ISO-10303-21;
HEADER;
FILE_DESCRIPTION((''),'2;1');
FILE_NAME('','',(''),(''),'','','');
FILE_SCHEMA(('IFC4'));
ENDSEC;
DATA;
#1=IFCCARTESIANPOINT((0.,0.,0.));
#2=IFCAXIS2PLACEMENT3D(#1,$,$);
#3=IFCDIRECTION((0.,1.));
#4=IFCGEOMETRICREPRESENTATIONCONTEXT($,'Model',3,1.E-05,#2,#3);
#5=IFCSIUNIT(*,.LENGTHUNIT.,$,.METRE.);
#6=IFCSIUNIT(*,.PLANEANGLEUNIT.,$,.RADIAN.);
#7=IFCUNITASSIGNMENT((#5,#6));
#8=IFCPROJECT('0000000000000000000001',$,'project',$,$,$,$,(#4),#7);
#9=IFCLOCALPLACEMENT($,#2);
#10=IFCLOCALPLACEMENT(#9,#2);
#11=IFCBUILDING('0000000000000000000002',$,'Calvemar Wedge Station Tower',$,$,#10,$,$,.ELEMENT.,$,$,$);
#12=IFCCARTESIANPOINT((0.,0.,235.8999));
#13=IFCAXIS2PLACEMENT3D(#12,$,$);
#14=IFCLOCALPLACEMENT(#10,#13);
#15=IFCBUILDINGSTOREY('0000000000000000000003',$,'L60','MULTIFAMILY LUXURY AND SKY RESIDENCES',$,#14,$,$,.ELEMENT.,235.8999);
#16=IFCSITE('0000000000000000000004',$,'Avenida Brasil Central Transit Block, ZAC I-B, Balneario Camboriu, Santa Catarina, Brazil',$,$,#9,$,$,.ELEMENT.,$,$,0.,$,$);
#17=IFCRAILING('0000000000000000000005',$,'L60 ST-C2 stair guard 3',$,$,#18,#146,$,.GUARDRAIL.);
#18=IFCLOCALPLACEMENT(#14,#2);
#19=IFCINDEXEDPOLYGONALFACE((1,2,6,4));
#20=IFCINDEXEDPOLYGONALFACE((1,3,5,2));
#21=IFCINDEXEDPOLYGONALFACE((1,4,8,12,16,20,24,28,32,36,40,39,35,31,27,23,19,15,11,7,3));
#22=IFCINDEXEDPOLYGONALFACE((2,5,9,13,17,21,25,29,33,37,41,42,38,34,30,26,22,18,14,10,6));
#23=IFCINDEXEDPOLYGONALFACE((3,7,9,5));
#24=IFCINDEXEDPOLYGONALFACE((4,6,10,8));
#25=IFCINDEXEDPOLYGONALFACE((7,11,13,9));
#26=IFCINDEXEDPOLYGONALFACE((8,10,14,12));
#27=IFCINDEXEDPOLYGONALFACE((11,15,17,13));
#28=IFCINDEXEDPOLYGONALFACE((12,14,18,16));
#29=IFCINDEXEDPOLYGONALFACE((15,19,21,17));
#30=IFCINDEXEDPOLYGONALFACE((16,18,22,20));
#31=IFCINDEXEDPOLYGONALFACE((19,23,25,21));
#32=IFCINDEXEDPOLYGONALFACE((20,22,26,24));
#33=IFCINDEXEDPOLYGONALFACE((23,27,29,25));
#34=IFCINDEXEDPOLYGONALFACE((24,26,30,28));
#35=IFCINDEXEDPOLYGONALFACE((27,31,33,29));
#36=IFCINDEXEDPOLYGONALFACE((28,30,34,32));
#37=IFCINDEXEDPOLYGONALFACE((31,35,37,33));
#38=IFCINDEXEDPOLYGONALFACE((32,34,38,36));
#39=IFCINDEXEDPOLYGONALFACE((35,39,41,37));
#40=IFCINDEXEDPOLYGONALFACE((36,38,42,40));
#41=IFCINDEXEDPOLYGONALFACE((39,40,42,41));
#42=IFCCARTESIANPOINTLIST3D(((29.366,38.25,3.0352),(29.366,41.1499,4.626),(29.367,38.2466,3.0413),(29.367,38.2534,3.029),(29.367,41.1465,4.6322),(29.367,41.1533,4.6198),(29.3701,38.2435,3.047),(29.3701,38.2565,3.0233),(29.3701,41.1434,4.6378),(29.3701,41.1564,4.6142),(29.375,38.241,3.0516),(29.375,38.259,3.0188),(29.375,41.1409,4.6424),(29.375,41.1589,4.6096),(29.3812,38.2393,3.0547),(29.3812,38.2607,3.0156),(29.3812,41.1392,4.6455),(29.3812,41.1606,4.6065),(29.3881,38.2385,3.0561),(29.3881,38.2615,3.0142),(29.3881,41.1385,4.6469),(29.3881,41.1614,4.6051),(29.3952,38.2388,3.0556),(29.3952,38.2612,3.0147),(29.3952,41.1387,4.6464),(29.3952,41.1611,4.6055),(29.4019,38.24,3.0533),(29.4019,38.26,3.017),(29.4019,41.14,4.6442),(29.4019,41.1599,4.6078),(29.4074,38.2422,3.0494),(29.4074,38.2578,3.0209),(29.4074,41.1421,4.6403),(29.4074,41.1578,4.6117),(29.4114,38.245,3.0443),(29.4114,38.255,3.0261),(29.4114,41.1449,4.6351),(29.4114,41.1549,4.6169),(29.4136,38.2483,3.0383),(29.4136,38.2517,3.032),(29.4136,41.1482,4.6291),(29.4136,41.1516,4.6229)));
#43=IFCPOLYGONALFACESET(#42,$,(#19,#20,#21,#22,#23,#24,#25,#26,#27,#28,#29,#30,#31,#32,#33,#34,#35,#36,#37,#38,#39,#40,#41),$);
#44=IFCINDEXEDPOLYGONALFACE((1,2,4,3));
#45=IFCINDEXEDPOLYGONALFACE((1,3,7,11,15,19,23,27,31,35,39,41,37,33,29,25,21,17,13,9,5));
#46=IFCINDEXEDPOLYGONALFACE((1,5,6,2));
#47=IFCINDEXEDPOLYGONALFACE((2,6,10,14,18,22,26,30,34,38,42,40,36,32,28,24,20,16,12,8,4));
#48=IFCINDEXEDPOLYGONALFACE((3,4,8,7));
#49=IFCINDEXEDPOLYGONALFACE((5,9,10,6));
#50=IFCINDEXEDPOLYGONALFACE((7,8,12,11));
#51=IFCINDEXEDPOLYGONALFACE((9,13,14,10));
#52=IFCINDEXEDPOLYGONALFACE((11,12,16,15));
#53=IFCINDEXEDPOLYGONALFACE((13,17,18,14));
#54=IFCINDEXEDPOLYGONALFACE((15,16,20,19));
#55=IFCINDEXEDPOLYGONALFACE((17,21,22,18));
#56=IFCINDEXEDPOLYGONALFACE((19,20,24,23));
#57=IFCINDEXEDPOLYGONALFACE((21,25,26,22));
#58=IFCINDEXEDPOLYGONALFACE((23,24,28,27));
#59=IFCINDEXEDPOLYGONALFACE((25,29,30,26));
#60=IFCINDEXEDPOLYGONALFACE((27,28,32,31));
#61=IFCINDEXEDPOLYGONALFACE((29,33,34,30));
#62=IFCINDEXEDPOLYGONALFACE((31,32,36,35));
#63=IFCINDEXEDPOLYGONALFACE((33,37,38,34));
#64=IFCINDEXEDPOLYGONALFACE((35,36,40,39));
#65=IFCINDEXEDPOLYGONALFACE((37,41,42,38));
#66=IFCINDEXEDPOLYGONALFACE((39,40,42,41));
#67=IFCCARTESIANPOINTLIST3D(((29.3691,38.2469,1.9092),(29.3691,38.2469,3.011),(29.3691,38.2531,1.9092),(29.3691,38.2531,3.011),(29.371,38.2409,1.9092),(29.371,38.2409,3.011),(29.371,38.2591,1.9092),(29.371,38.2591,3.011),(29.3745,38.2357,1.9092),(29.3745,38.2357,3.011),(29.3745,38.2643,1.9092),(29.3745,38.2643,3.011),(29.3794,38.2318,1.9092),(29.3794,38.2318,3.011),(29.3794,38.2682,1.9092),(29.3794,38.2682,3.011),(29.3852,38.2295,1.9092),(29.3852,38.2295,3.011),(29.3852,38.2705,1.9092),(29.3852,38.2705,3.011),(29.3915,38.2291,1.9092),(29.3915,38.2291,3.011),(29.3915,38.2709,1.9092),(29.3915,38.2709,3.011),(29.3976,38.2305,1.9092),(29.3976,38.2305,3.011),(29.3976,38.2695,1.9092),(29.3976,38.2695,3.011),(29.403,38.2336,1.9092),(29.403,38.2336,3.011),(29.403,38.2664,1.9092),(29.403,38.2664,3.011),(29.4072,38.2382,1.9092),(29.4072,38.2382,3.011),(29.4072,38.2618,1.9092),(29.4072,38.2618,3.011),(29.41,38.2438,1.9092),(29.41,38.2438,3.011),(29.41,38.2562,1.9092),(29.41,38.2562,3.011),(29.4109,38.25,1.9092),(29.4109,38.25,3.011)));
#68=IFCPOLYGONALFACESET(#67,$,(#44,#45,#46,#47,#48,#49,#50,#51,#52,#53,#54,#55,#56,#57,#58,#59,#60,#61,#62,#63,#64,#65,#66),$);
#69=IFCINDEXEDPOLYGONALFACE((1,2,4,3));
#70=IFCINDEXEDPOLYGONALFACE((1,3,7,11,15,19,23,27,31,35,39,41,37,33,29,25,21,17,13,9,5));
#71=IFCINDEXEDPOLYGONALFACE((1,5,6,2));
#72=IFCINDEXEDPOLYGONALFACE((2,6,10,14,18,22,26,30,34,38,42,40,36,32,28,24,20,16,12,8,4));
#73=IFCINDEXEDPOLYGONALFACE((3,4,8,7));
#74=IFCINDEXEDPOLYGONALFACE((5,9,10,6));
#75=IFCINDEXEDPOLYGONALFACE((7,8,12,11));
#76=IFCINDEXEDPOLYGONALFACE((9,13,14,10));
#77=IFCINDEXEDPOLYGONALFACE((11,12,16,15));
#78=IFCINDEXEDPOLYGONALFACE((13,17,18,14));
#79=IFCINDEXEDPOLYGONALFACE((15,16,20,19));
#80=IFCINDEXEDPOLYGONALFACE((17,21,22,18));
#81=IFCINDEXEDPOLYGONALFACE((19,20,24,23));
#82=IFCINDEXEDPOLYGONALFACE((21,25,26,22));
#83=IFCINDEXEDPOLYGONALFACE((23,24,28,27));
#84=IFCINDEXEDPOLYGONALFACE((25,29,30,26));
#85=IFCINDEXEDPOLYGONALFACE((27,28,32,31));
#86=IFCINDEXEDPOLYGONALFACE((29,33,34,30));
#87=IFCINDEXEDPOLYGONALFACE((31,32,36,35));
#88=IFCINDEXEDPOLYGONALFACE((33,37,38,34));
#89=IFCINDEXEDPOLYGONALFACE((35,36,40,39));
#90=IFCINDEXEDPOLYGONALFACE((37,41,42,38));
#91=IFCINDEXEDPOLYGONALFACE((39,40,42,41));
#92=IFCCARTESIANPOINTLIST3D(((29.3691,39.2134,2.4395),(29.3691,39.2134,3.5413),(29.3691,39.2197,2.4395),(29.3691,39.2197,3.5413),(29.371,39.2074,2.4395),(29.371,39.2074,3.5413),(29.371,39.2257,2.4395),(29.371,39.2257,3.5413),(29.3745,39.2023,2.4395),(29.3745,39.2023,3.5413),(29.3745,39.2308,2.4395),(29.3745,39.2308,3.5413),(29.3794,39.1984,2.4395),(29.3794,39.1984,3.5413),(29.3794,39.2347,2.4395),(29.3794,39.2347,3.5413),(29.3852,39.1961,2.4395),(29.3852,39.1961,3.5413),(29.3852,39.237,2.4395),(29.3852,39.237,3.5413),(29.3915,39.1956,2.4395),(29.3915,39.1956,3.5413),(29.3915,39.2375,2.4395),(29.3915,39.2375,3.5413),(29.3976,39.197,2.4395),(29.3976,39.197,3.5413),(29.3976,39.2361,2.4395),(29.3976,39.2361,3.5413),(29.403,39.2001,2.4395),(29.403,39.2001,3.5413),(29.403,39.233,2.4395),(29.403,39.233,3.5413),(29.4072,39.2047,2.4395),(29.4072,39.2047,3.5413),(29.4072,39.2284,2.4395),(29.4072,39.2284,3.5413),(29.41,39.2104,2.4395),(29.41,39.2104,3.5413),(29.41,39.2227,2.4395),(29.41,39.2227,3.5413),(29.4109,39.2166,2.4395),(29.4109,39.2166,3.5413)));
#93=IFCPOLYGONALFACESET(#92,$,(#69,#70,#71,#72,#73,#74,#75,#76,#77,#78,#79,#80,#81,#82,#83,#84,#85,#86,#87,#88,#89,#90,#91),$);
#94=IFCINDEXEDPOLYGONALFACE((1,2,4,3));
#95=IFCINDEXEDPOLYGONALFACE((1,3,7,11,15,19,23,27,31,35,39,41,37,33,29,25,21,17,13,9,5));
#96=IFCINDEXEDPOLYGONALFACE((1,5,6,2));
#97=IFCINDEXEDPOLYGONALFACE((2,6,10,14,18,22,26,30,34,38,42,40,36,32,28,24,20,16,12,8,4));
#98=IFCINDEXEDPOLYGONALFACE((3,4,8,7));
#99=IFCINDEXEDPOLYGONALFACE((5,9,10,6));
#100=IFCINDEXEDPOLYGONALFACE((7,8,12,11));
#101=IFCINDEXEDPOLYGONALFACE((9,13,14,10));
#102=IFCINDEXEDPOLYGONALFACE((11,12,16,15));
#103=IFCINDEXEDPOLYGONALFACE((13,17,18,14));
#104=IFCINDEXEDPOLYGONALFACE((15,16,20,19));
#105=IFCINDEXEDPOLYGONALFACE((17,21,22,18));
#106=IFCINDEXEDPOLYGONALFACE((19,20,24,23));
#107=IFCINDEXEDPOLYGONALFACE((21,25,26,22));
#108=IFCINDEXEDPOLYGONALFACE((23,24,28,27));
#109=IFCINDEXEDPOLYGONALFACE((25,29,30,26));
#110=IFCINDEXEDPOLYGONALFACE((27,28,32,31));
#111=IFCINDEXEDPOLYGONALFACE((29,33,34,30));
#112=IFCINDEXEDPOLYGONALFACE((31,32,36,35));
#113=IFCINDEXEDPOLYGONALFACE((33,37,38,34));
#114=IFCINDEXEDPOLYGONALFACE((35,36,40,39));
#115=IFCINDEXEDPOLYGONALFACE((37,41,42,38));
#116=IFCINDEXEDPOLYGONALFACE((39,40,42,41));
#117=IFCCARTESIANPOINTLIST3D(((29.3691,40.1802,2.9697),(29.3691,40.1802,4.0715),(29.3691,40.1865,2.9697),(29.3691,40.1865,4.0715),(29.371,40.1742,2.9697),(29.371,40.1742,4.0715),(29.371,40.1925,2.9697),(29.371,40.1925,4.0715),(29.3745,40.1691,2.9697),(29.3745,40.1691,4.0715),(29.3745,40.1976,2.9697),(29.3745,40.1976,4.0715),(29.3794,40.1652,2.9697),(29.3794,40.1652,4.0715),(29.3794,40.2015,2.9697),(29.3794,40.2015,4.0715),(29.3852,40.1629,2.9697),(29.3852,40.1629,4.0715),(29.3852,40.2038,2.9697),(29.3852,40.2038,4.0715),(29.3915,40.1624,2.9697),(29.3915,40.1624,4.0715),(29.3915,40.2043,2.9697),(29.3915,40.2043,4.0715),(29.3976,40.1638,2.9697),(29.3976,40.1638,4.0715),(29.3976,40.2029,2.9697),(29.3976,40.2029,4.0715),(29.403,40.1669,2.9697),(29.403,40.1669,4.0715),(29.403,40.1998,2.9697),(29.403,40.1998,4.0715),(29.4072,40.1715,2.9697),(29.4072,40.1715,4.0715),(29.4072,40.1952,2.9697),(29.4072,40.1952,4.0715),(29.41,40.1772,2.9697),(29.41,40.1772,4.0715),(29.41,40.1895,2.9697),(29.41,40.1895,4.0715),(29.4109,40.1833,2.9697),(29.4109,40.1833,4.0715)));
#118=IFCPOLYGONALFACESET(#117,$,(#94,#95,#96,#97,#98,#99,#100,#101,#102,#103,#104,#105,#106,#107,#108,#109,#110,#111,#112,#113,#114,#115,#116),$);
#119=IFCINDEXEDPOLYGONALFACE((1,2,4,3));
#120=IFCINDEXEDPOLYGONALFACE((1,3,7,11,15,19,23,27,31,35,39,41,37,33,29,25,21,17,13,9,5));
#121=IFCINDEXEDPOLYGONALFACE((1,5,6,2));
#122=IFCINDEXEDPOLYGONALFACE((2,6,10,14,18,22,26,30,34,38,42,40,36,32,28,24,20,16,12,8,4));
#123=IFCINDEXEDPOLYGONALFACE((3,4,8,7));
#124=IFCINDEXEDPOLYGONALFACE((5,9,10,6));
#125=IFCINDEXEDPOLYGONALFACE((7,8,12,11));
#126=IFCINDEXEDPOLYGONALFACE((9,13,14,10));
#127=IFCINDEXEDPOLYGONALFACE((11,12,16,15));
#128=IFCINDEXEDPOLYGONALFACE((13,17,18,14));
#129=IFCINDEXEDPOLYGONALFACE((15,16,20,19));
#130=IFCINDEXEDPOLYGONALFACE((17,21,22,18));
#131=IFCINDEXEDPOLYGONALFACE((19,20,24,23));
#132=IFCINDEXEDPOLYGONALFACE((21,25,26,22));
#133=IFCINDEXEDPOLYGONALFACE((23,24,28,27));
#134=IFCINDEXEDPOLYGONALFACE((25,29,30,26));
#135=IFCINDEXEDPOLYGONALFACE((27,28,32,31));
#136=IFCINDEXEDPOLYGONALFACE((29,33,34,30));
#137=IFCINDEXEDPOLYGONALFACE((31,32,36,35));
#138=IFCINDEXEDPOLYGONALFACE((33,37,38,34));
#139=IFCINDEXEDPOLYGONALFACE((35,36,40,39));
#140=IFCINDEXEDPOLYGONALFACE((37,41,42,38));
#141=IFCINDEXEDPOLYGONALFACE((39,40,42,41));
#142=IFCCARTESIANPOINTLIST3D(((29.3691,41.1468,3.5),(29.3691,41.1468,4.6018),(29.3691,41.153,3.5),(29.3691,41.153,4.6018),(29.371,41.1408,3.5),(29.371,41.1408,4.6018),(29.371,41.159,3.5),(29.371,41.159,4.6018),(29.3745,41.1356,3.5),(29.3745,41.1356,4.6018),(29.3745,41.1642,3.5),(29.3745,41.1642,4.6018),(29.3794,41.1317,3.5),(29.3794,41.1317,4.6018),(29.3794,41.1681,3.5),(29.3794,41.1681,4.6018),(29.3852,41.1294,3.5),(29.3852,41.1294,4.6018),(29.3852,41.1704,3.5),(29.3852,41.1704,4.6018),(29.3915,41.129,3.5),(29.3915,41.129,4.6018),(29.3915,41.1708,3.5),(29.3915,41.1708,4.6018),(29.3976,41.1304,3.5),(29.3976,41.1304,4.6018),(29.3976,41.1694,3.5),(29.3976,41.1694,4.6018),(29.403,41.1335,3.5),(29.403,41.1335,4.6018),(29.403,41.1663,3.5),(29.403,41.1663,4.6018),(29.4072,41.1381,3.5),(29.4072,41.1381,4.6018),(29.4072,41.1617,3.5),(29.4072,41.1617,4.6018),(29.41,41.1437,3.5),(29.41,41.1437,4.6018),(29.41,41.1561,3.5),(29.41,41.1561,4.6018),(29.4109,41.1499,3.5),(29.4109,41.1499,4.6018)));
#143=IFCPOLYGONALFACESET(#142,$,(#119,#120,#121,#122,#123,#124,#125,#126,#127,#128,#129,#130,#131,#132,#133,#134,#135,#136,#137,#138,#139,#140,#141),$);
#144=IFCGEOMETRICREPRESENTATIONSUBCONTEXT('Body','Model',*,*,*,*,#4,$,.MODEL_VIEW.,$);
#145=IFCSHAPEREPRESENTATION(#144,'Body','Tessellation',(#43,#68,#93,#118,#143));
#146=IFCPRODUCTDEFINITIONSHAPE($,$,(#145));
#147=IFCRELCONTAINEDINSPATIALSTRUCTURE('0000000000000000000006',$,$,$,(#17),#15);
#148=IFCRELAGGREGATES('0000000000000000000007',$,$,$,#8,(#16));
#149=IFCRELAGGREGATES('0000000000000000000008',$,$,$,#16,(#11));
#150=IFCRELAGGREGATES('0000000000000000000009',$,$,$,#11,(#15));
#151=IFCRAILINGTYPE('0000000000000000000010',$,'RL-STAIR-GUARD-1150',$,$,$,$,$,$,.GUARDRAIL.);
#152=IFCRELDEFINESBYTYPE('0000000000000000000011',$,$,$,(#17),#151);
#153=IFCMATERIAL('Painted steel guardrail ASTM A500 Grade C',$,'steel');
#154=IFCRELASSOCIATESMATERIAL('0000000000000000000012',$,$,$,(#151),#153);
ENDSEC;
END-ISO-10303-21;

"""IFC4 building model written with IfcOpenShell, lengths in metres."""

from ifc_helpers import new_model, si_unit, direction, frame, origin, origin_2d, place, context, subcontext, project, spatial, circle, extrude, material, type_object, element, save


model = new_model("IFC4")

# Units and contexts
model_context = context("Model", 3, precision=1e-05, world=origin(), true_north=direction((0.0, 1.0)))
body_context = subcontext(model_context, "Body", "Model", "MODEL_VIEW")
ifc_project = project(units=[si_unit("LENGTHUNIT", "METRE"), si_unit("PLANEANGLEUNIT", "RADIAN")], contexts=[model_context])

# Site, building, storey
site_placement = place(None, origin())
site = spatial("IfcSite", under=ifc_project, at=site_placement, Name="Avenida Brasil Central Transit Block, ZAC I-B, Balneario Camboriu, Santa Catarina, Brazil", CompositionType="ELEMENT", RefElevation=0.0)
building_placement = place(site_placement, origin())
building = spatial("IfcBuilding", under=site, at=building_placement, Name="Calvemar Wedge Station Tower", CompositionType="ELEMENT")
storey_placement = place(building_placement, frame((0.0, 0.0, 235.8999)))
storey = spatial("IfcBuildingStorey", under=building, at=storey_placement, Name="L60", Description="MULTIFAMILY LUXURY AND SKY RESIDENCES", CompositionType="ELEMENT", Elevation=235.8999)

# Railing
ifc_material_1 = material(Name="Painted steel guardrail ASTM A500 Grade C", Category="steel")
railing_type_1 = type_object("IfcRailingType", Name="RL-STAIR-GUARD-1150", PredefinedType="GUARDRAIL", material=ifc_material_1)
railing_1_placement = place(storey_placement, frame((29.3899, 38.25, 1.9092)))
element("IfcRailing", 1, at=railing_1_placement, inside=storey, type_object=railing_type_1, Name="L60 ST-C2 stair guard 3", PredefinedType="GUARDRAIL", context=body_context, shape_type="SweptSolid", body=[
    extrude(circle(Radius=0.0239, at=origin_2d()), frame((0.0, 0.0, 1.126), z_axis=(0.0, 0.876742, 0.480961), x_axis=(-1.0, 0.0, 0.0)), (0.0, 0.0, 1.0), 3.3076),
    extrude(circle(Radius=0.021, at=origin_2d()), origin(), (0.0, 0.0, 1.0), 1.1018),
    extrude(circle(Radius=0.021, at=origin_2d()), frame((0.0, 0.9666, 0.5303)), (0.0, 0.0, 1.0), 1.1018),
    extrude(circle(Radius=0.021, at=origin_2d()), frame((0.0, 1.9333, 1.0605)), (0.0, 0.0, 1.0), 1.1018),
    extrude(circle(Radius=0.021, at=origin_2d()), frame((0.0, 2.8999, 1.5908)), (0.0, 0.0, 1.0), 1.1018),
])

save(model, "model.ifc")
